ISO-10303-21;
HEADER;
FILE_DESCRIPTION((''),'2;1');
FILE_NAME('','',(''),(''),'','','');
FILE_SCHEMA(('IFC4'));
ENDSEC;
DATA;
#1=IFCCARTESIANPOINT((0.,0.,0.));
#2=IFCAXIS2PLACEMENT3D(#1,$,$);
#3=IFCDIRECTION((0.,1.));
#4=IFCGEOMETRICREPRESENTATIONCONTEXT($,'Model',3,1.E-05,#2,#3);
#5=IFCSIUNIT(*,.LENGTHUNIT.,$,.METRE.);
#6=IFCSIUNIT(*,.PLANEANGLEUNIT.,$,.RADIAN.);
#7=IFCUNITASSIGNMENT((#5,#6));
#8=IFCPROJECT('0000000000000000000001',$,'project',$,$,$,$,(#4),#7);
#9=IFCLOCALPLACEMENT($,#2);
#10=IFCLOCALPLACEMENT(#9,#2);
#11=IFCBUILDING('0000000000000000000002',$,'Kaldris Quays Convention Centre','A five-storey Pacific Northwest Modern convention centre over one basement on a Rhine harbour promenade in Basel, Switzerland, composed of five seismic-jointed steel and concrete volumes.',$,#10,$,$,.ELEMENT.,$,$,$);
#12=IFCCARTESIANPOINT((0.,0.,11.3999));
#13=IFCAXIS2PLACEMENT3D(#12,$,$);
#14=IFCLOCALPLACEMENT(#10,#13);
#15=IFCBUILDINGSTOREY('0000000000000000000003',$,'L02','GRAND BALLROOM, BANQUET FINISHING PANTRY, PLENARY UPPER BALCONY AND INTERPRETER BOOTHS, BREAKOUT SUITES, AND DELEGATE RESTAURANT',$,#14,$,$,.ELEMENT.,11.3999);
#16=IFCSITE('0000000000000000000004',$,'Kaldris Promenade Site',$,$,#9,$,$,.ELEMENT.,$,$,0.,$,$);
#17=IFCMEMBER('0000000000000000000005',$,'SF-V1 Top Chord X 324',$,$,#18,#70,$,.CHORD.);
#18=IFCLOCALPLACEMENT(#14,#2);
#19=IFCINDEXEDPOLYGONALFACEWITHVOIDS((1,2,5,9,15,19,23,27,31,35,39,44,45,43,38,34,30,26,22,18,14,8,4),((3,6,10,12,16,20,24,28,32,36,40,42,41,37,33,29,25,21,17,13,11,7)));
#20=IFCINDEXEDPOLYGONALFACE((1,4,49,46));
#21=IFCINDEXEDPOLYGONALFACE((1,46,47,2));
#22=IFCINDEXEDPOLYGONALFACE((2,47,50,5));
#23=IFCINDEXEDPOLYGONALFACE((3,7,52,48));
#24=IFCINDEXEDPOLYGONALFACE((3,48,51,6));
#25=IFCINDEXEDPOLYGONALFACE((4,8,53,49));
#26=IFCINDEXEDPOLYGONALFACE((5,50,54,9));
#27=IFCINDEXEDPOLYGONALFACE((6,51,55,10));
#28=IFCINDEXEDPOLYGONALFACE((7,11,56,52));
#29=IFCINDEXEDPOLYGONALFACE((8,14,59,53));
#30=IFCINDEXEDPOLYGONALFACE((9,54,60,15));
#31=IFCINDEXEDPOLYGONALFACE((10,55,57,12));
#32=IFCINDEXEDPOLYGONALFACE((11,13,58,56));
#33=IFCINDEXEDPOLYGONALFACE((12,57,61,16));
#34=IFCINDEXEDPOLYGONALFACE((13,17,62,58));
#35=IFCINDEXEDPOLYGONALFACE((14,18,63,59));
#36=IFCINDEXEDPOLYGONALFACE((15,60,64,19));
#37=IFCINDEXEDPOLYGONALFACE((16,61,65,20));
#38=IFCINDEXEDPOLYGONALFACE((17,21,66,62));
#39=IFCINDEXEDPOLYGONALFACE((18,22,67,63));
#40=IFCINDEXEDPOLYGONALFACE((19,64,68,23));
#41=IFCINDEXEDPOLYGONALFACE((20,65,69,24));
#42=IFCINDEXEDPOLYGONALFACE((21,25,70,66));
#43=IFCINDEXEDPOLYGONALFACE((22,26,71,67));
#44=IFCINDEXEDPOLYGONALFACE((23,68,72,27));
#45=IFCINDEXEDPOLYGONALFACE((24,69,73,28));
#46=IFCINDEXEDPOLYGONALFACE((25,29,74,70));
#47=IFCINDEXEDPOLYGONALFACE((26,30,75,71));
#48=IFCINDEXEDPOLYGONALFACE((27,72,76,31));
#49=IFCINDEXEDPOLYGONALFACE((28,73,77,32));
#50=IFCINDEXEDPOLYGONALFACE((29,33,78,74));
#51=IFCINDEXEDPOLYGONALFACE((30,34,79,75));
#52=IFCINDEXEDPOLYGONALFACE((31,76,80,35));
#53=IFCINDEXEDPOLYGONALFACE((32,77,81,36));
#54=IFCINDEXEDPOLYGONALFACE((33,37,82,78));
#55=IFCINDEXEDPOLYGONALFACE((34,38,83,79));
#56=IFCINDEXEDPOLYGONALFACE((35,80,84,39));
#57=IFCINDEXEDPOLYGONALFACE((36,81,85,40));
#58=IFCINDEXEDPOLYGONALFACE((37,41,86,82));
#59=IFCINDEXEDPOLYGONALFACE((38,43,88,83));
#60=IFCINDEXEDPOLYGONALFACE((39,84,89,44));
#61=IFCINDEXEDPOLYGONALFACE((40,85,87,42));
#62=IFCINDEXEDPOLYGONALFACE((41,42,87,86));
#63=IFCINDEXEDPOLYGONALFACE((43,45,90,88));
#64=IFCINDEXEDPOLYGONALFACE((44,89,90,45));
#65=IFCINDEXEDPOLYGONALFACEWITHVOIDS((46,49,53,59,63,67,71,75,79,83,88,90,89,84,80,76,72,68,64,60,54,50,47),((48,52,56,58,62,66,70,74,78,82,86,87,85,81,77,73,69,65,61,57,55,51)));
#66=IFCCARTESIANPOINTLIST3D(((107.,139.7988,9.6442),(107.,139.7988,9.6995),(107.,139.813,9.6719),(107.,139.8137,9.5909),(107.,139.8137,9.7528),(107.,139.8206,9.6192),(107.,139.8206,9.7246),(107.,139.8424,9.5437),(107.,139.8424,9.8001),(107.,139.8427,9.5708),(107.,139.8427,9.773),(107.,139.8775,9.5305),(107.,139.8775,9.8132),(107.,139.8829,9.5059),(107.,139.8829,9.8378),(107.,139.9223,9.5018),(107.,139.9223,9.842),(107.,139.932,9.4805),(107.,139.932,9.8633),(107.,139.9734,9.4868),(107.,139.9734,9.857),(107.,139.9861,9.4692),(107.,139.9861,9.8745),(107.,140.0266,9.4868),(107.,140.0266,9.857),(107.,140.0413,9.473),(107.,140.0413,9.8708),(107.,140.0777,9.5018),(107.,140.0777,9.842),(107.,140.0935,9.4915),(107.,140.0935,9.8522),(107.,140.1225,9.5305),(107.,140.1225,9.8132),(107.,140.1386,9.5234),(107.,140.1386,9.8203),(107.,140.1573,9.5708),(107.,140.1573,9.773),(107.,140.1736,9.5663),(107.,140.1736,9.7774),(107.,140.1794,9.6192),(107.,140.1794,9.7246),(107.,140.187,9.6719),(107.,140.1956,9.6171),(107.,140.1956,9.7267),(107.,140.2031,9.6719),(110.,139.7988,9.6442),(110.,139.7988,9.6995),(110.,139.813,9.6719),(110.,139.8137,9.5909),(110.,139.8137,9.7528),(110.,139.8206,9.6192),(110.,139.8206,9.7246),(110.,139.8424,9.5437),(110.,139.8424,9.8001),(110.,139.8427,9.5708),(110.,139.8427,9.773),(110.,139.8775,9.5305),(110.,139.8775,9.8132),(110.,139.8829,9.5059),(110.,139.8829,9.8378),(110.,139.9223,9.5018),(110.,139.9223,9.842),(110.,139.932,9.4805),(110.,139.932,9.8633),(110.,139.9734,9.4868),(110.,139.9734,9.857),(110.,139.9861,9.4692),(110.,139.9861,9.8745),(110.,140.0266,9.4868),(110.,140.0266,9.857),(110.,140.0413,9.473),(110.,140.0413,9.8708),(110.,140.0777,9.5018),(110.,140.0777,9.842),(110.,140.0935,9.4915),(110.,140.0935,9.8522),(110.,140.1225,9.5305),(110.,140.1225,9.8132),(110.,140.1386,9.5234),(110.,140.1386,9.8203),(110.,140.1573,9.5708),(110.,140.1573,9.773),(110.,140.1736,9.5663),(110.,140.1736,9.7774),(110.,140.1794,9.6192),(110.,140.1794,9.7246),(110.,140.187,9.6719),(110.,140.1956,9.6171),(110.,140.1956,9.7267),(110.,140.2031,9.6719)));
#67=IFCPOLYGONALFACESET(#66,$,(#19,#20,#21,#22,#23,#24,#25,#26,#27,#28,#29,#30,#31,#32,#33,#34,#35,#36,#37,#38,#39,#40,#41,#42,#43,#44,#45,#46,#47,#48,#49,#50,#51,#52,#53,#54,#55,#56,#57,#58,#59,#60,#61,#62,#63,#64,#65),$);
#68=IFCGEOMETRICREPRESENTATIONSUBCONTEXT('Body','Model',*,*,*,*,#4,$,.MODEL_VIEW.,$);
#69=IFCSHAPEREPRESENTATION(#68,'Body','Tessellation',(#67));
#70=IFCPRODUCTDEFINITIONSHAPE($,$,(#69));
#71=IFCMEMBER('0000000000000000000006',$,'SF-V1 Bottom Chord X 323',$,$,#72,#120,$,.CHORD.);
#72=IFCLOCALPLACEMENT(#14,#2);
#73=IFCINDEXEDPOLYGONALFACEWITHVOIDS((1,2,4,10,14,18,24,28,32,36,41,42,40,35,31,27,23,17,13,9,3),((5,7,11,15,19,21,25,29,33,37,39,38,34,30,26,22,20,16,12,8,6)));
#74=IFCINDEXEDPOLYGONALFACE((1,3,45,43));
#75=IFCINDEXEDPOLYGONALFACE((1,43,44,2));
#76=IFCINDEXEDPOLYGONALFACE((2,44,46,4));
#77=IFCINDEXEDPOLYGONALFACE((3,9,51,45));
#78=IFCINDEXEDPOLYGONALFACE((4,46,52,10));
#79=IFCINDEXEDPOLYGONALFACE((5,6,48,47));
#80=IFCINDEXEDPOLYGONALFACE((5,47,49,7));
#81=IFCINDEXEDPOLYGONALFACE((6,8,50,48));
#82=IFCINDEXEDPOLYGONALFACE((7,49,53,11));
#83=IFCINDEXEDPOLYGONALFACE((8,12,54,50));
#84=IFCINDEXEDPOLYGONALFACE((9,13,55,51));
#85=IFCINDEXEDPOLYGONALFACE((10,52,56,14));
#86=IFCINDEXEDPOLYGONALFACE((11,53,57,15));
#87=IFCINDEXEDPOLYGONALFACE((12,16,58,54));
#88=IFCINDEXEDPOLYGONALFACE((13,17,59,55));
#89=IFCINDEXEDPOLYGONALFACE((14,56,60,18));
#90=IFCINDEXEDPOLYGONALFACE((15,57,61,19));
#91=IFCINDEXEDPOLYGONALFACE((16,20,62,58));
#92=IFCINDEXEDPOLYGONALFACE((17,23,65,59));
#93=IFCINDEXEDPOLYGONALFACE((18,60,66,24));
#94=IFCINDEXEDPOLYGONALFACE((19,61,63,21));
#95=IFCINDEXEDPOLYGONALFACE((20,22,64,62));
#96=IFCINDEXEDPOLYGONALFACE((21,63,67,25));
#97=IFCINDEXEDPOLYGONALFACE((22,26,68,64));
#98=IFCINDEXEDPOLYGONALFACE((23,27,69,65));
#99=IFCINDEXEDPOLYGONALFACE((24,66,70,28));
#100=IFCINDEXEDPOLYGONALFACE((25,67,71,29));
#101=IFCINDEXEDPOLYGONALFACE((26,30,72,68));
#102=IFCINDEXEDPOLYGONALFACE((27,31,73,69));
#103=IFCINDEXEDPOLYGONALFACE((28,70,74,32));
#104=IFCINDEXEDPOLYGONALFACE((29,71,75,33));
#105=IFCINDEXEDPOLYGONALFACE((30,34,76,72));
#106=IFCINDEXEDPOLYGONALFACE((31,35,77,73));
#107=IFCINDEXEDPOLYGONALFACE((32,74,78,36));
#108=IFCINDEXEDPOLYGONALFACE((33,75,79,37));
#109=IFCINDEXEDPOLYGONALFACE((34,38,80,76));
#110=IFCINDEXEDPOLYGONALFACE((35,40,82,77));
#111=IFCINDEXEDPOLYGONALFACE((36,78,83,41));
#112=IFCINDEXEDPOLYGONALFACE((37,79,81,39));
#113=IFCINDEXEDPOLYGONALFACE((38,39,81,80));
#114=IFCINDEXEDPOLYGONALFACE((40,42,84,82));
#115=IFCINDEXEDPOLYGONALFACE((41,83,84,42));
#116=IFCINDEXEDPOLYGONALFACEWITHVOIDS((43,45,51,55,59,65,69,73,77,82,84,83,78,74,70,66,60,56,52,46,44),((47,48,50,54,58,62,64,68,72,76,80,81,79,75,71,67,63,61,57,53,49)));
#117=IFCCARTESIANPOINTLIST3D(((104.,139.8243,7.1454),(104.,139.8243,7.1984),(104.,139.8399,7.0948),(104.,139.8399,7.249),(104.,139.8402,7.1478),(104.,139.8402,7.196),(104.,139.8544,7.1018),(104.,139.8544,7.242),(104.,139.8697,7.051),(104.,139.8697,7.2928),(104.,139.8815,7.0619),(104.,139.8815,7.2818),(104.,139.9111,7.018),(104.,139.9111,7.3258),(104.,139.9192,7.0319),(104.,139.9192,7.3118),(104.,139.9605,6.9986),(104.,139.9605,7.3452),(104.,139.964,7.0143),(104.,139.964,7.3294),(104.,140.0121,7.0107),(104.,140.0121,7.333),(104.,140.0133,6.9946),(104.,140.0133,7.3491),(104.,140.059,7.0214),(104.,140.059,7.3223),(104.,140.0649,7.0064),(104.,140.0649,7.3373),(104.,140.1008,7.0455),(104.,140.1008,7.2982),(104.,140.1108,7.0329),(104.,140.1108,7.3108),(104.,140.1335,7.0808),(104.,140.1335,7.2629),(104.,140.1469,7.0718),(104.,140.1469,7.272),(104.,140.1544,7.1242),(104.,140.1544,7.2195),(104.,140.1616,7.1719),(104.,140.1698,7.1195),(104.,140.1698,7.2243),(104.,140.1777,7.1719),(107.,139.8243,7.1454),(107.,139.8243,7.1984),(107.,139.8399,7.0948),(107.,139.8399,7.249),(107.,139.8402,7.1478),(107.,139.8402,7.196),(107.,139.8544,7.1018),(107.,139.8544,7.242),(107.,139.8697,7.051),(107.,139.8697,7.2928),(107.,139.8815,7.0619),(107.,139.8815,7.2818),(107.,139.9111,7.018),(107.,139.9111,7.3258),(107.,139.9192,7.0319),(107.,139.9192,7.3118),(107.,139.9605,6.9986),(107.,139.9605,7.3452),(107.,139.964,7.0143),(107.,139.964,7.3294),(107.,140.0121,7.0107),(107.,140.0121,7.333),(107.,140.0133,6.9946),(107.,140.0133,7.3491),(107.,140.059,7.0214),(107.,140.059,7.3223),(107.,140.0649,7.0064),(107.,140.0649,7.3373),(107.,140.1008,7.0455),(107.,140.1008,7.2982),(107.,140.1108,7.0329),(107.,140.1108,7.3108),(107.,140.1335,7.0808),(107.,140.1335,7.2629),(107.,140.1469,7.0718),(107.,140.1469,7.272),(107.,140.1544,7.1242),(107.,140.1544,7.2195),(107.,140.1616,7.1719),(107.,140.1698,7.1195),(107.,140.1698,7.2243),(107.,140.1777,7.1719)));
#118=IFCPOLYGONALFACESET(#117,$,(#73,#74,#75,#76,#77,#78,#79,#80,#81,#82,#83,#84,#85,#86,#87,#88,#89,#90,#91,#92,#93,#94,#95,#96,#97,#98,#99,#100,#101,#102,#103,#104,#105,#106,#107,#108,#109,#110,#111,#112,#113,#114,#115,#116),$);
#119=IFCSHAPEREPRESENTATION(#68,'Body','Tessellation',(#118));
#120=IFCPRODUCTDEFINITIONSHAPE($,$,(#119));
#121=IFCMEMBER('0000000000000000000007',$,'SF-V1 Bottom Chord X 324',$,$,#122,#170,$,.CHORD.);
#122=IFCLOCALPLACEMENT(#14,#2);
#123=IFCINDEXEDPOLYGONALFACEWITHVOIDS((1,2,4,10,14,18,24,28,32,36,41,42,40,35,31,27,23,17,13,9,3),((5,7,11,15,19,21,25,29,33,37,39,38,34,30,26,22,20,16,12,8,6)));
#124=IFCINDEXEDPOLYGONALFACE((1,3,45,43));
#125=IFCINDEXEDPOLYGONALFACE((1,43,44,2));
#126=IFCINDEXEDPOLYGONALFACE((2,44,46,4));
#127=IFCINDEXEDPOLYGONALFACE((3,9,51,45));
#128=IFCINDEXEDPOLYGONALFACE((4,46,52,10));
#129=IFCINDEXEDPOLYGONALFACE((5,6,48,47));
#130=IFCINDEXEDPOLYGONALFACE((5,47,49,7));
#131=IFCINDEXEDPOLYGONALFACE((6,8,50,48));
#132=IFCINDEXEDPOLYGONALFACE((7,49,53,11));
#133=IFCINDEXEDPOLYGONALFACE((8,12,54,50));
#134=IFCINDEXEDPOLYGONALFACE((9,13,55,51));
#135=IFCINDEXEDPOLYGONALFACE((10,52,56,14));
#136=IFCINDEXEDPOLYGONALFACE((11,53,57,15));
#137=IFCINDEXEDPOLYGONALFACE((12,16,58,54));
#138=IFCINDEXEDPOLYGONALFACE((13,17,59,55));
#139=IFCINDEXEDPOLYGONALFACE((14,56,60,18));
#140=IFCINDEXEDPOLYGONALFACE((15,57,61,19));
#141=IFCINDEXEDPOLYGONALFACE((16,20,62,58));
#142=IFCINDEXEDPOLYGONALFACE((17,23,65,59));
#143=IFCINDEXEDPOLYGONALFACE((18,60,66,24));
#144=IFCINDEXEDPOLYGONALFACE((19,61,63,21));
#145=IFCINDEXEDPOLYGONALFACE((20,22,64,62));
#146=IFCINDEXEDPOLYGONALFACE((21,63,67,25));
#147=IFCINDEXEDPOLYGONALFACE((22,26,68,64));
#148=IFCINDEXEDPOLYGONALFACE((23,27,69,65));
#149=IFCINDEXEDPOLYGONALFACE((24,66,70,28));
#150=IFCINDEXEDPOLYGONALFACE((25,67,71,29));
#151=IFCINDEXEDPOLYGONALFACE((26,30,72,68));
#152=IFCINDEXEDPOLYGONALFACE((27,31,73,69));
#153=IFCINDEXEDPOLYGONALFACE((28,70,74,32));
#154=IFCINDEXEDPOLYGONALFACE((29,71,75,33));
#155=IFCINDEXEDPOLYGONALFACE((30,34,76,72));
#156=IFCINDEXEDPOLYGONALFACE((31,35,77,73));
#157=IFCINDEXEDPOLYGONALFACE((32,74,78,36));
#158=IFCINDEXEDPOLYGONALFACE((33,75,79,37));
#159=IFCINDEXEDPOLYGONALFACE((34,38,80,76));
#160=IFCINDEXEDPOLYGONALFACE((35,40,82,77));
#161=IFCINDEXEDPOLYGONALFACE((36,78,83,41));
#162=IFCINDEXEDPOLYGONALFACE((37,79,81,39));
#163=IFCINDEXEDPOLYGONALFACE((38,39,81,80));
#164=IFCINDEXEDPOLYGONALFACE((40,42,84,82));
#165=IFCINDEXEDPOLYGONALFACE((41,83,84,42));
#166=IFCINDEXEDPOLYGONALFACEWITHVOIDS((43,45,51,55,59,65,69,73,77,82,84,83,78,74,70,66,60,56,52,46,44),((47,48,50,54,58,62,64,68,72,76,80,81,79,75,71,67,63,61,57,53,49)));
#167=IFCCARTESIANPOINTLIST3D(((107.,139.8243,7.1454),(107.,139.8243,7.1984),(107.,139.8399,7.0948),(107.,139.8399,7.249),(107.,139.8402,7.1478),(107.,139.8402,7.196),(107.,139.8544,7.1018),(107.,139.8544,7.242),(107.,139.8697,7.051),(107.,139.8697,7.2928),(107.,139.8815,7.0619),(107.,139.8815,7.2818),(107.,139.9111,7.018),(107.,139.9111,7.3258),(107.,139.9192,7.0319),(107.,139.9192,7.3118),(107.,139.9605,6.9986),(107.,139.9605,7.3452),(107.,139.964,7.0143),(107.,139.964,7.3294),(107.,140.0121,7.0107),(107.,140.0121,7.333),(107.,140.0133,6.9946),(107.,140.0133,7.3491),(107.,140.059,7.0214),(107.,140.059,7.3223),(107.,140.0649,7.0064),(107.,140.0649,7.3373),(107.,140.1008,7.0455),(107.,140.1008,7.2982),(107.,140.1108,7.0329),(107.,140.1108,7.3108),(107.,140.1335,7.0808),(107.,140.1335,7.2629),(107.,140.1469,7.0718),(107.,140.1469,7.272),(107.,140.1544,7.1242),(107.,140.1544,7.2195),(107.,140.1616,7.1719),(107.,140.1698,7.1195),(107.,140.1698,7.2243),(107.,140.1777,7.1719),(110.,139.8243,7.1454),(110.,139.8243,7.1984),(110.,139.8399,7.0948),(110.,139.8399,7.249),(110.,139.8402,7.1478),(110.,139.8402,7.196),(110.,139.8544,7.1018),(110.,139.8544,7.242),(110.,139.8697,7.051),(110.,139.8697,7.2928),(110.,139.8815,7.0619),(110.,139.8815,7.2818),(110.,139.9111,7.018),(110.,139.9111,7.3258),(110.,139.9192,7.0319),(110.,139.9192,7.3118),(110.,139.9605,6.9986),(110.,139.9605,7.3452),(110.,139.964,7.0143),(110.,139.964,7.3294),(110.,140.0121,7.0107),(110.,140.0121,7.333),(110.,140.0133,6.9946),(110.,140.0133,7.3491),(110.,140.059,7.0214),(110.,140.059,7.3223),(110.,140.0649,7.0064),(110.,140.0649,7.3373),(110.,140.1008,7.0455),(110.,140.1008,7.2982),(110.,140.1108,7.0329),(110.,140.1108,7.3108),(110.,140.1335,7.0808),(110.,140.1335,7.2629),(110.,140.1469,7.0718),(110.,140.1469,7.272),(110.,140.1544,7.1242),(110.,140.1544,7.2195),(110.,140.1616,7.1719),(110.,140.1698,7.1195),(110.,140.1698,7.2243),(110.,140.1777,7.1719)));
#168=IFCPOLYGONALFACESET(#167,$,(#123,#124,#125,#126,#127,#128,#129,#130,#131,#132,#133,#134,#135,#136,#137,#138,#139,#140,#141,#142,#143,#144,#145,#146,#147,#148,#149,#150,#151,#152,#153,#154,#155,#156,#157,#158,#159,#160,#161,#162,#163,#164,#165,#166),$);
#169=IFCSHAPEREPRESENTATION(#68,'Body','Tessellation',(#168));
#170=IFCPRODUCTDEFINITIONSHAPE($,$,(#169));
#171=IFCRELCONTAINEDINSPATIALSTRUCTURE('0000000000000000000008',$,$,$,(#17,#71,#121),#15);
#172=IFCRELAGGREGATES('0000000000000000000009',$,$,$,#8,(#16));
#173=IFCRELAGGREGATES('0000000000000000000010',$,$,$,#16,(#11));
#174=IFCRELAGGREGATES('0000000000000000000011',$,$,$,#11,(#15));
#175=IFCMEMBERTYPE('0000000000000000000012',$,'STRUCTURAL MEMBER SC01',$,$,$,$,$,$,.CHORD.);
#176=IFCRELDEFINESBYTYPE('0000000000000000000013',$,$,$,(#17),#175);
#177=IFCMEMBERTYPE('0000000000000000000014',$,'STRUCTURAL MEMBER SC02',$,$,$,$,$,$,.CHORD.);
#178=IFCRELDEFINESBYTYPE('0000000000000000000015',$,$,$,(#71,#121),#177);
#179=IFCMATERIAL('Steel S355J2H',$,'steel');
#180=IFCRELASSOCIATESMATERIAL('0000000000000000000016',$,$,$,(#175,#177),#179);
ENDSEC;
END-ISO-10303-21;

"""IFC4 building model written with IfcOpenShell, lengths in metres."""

from ifc_helpers import new_model, si_unit, direction, frame, origin, origin_2d, place, context, subcontext, project, spatial, hollow_circle, extrude, material, material_profile, profile_set, type_object, element, save


model = new_model("IFC4")

# Units and contexts
model_context = context("Model", 3, precision=1e-05, world=origin(), true_north=direction((0.0, 1.0)))
body_context = subcontext(model_context, "Body", "Model", "MODEL_VIEW")
ifc_project = project(units=[si_unit("LENGTHUNIT", "METRE"), si_unit("PLANEANGLEUNIT", "RADIAN")], contexts=[model_context])

# Site, building, storey
site_placement = place(None, origin())
site = spatial("IfcSite", under=ifc_project, at=site_placement, Name="Kaldris Promenade Site", CompositionType="ELEMENT", RefElevation=0.0)
building_placement = place(site_placement, origin())
building = spatial("IfcBuilding", under=site, at=building_placement, Name="Kaldris Quays Convention Centre", Description="A five-storey Pacific Northwest Modern convention centre over one basement on a Rhine harbour promenade in Basel, Switzerland, composed of five seismic-jointed steel and concrete volumes.", CompositionType="ELEMENT")
storey_placement = place(building_placement, frame((0.0, 0.0, 11.3999)))
storey = spatial("IfcBuildingStorey", under=building, at=storey_placement, Name="L02", Description="GRAND BALLROOM, BANQUET FINISHING PANTRY, PLENARY UPPER BALCONY AND INTERPRETER BOOTHS, BREAKOUT SUITES, AND DELEGATE RESTAURANT", CompositionType="ELEMENT", Elevation=11.3999)

# Members
ifc_material_1 = material(Name="Steel S355J2H", Category="steel")
ifc_material_profile_1 = material_profile(ifc_material_1, hollow_circle(Radius=0.2031, WallThickness=0.0161, at=origin_2d()), Name="CHS 406.4x16")
ifc_profile_set_1 = profile_set([ifc_material_profile_1], Name="Steel S355J2H")
member_type_1 = type_object("IfcMemberType", Name="STRUCTURAL MEMBER SC01", PredefinedType="CHORD", material=ifc_profile_set_1)
for number, where, z_axis, x_axis, name in (
    (1, (107.0, 140.0, 9.6719), (1.0, 0.0, 0.0), (0.0, 1.0, 0.0), "SF-V1 Top Chord X 324"),
):
    element("IfcMember", number, at=place(storey_placement, frame(where, z_axis=z_axis, x_axis=x_axis)), inside=storey, type_object=member_type_1, Name=name, PredefinedType="CHORD", context=body_context, shape_type="SweptSolid", body=[
        extrude(hollow_circle(Radius=0.2031, WallThickness=0.0161, at=origin_2d()), origin(), (0.0, 0.0, 1.0), 3.0),
    ])
ifc_material_profile_2 = material_profile(ifc_material_1, hollow_circle(Radius=0.1777, WallThickness=0.0161, at=origin_2d()), Name="CHS 355.6x16")
ifc_profile_set_2 = profile_set([ifc_material_profile_2], Name="Steel S355J2H")
member_type_2 = type_object("IfcMemberType", Name="STRUCTURAL MEMBER SC02", PredefinedType="CHORD", material=ifc_profile_set_2)
for number, where, z_axis, x_axis, name in (
    (2, (104.0, 140.0, 7.1719), (1.0, 0.0, 0.0), (0.0, 1.0, 0.0), "SF-V1 Bottom Chord X 323"),
    (3, (107.0, 140.0, 7.1719), (1.0, 0.0, 0.0), (0.0, 1.0, 0.0), "SF-V1 Bottom Chord X 324"),
):
    element("IfcMember", number, at=place(storey_placement, frame(where, z_axis=z_axis, x_axis=x_axis)), inside=storey, type_object=member_type_2, Name=name, PredefinedType="CHORD", context=body_context, shape_type="SweptSolid", body=[
        extrude(hollow_circle(Radius=0.1777, WallThickness=0.0161, at=origin_2d()), origin(), (0.0, 0.0, 1.0), 3.0),
    ])

save(model, "model.ifc")
